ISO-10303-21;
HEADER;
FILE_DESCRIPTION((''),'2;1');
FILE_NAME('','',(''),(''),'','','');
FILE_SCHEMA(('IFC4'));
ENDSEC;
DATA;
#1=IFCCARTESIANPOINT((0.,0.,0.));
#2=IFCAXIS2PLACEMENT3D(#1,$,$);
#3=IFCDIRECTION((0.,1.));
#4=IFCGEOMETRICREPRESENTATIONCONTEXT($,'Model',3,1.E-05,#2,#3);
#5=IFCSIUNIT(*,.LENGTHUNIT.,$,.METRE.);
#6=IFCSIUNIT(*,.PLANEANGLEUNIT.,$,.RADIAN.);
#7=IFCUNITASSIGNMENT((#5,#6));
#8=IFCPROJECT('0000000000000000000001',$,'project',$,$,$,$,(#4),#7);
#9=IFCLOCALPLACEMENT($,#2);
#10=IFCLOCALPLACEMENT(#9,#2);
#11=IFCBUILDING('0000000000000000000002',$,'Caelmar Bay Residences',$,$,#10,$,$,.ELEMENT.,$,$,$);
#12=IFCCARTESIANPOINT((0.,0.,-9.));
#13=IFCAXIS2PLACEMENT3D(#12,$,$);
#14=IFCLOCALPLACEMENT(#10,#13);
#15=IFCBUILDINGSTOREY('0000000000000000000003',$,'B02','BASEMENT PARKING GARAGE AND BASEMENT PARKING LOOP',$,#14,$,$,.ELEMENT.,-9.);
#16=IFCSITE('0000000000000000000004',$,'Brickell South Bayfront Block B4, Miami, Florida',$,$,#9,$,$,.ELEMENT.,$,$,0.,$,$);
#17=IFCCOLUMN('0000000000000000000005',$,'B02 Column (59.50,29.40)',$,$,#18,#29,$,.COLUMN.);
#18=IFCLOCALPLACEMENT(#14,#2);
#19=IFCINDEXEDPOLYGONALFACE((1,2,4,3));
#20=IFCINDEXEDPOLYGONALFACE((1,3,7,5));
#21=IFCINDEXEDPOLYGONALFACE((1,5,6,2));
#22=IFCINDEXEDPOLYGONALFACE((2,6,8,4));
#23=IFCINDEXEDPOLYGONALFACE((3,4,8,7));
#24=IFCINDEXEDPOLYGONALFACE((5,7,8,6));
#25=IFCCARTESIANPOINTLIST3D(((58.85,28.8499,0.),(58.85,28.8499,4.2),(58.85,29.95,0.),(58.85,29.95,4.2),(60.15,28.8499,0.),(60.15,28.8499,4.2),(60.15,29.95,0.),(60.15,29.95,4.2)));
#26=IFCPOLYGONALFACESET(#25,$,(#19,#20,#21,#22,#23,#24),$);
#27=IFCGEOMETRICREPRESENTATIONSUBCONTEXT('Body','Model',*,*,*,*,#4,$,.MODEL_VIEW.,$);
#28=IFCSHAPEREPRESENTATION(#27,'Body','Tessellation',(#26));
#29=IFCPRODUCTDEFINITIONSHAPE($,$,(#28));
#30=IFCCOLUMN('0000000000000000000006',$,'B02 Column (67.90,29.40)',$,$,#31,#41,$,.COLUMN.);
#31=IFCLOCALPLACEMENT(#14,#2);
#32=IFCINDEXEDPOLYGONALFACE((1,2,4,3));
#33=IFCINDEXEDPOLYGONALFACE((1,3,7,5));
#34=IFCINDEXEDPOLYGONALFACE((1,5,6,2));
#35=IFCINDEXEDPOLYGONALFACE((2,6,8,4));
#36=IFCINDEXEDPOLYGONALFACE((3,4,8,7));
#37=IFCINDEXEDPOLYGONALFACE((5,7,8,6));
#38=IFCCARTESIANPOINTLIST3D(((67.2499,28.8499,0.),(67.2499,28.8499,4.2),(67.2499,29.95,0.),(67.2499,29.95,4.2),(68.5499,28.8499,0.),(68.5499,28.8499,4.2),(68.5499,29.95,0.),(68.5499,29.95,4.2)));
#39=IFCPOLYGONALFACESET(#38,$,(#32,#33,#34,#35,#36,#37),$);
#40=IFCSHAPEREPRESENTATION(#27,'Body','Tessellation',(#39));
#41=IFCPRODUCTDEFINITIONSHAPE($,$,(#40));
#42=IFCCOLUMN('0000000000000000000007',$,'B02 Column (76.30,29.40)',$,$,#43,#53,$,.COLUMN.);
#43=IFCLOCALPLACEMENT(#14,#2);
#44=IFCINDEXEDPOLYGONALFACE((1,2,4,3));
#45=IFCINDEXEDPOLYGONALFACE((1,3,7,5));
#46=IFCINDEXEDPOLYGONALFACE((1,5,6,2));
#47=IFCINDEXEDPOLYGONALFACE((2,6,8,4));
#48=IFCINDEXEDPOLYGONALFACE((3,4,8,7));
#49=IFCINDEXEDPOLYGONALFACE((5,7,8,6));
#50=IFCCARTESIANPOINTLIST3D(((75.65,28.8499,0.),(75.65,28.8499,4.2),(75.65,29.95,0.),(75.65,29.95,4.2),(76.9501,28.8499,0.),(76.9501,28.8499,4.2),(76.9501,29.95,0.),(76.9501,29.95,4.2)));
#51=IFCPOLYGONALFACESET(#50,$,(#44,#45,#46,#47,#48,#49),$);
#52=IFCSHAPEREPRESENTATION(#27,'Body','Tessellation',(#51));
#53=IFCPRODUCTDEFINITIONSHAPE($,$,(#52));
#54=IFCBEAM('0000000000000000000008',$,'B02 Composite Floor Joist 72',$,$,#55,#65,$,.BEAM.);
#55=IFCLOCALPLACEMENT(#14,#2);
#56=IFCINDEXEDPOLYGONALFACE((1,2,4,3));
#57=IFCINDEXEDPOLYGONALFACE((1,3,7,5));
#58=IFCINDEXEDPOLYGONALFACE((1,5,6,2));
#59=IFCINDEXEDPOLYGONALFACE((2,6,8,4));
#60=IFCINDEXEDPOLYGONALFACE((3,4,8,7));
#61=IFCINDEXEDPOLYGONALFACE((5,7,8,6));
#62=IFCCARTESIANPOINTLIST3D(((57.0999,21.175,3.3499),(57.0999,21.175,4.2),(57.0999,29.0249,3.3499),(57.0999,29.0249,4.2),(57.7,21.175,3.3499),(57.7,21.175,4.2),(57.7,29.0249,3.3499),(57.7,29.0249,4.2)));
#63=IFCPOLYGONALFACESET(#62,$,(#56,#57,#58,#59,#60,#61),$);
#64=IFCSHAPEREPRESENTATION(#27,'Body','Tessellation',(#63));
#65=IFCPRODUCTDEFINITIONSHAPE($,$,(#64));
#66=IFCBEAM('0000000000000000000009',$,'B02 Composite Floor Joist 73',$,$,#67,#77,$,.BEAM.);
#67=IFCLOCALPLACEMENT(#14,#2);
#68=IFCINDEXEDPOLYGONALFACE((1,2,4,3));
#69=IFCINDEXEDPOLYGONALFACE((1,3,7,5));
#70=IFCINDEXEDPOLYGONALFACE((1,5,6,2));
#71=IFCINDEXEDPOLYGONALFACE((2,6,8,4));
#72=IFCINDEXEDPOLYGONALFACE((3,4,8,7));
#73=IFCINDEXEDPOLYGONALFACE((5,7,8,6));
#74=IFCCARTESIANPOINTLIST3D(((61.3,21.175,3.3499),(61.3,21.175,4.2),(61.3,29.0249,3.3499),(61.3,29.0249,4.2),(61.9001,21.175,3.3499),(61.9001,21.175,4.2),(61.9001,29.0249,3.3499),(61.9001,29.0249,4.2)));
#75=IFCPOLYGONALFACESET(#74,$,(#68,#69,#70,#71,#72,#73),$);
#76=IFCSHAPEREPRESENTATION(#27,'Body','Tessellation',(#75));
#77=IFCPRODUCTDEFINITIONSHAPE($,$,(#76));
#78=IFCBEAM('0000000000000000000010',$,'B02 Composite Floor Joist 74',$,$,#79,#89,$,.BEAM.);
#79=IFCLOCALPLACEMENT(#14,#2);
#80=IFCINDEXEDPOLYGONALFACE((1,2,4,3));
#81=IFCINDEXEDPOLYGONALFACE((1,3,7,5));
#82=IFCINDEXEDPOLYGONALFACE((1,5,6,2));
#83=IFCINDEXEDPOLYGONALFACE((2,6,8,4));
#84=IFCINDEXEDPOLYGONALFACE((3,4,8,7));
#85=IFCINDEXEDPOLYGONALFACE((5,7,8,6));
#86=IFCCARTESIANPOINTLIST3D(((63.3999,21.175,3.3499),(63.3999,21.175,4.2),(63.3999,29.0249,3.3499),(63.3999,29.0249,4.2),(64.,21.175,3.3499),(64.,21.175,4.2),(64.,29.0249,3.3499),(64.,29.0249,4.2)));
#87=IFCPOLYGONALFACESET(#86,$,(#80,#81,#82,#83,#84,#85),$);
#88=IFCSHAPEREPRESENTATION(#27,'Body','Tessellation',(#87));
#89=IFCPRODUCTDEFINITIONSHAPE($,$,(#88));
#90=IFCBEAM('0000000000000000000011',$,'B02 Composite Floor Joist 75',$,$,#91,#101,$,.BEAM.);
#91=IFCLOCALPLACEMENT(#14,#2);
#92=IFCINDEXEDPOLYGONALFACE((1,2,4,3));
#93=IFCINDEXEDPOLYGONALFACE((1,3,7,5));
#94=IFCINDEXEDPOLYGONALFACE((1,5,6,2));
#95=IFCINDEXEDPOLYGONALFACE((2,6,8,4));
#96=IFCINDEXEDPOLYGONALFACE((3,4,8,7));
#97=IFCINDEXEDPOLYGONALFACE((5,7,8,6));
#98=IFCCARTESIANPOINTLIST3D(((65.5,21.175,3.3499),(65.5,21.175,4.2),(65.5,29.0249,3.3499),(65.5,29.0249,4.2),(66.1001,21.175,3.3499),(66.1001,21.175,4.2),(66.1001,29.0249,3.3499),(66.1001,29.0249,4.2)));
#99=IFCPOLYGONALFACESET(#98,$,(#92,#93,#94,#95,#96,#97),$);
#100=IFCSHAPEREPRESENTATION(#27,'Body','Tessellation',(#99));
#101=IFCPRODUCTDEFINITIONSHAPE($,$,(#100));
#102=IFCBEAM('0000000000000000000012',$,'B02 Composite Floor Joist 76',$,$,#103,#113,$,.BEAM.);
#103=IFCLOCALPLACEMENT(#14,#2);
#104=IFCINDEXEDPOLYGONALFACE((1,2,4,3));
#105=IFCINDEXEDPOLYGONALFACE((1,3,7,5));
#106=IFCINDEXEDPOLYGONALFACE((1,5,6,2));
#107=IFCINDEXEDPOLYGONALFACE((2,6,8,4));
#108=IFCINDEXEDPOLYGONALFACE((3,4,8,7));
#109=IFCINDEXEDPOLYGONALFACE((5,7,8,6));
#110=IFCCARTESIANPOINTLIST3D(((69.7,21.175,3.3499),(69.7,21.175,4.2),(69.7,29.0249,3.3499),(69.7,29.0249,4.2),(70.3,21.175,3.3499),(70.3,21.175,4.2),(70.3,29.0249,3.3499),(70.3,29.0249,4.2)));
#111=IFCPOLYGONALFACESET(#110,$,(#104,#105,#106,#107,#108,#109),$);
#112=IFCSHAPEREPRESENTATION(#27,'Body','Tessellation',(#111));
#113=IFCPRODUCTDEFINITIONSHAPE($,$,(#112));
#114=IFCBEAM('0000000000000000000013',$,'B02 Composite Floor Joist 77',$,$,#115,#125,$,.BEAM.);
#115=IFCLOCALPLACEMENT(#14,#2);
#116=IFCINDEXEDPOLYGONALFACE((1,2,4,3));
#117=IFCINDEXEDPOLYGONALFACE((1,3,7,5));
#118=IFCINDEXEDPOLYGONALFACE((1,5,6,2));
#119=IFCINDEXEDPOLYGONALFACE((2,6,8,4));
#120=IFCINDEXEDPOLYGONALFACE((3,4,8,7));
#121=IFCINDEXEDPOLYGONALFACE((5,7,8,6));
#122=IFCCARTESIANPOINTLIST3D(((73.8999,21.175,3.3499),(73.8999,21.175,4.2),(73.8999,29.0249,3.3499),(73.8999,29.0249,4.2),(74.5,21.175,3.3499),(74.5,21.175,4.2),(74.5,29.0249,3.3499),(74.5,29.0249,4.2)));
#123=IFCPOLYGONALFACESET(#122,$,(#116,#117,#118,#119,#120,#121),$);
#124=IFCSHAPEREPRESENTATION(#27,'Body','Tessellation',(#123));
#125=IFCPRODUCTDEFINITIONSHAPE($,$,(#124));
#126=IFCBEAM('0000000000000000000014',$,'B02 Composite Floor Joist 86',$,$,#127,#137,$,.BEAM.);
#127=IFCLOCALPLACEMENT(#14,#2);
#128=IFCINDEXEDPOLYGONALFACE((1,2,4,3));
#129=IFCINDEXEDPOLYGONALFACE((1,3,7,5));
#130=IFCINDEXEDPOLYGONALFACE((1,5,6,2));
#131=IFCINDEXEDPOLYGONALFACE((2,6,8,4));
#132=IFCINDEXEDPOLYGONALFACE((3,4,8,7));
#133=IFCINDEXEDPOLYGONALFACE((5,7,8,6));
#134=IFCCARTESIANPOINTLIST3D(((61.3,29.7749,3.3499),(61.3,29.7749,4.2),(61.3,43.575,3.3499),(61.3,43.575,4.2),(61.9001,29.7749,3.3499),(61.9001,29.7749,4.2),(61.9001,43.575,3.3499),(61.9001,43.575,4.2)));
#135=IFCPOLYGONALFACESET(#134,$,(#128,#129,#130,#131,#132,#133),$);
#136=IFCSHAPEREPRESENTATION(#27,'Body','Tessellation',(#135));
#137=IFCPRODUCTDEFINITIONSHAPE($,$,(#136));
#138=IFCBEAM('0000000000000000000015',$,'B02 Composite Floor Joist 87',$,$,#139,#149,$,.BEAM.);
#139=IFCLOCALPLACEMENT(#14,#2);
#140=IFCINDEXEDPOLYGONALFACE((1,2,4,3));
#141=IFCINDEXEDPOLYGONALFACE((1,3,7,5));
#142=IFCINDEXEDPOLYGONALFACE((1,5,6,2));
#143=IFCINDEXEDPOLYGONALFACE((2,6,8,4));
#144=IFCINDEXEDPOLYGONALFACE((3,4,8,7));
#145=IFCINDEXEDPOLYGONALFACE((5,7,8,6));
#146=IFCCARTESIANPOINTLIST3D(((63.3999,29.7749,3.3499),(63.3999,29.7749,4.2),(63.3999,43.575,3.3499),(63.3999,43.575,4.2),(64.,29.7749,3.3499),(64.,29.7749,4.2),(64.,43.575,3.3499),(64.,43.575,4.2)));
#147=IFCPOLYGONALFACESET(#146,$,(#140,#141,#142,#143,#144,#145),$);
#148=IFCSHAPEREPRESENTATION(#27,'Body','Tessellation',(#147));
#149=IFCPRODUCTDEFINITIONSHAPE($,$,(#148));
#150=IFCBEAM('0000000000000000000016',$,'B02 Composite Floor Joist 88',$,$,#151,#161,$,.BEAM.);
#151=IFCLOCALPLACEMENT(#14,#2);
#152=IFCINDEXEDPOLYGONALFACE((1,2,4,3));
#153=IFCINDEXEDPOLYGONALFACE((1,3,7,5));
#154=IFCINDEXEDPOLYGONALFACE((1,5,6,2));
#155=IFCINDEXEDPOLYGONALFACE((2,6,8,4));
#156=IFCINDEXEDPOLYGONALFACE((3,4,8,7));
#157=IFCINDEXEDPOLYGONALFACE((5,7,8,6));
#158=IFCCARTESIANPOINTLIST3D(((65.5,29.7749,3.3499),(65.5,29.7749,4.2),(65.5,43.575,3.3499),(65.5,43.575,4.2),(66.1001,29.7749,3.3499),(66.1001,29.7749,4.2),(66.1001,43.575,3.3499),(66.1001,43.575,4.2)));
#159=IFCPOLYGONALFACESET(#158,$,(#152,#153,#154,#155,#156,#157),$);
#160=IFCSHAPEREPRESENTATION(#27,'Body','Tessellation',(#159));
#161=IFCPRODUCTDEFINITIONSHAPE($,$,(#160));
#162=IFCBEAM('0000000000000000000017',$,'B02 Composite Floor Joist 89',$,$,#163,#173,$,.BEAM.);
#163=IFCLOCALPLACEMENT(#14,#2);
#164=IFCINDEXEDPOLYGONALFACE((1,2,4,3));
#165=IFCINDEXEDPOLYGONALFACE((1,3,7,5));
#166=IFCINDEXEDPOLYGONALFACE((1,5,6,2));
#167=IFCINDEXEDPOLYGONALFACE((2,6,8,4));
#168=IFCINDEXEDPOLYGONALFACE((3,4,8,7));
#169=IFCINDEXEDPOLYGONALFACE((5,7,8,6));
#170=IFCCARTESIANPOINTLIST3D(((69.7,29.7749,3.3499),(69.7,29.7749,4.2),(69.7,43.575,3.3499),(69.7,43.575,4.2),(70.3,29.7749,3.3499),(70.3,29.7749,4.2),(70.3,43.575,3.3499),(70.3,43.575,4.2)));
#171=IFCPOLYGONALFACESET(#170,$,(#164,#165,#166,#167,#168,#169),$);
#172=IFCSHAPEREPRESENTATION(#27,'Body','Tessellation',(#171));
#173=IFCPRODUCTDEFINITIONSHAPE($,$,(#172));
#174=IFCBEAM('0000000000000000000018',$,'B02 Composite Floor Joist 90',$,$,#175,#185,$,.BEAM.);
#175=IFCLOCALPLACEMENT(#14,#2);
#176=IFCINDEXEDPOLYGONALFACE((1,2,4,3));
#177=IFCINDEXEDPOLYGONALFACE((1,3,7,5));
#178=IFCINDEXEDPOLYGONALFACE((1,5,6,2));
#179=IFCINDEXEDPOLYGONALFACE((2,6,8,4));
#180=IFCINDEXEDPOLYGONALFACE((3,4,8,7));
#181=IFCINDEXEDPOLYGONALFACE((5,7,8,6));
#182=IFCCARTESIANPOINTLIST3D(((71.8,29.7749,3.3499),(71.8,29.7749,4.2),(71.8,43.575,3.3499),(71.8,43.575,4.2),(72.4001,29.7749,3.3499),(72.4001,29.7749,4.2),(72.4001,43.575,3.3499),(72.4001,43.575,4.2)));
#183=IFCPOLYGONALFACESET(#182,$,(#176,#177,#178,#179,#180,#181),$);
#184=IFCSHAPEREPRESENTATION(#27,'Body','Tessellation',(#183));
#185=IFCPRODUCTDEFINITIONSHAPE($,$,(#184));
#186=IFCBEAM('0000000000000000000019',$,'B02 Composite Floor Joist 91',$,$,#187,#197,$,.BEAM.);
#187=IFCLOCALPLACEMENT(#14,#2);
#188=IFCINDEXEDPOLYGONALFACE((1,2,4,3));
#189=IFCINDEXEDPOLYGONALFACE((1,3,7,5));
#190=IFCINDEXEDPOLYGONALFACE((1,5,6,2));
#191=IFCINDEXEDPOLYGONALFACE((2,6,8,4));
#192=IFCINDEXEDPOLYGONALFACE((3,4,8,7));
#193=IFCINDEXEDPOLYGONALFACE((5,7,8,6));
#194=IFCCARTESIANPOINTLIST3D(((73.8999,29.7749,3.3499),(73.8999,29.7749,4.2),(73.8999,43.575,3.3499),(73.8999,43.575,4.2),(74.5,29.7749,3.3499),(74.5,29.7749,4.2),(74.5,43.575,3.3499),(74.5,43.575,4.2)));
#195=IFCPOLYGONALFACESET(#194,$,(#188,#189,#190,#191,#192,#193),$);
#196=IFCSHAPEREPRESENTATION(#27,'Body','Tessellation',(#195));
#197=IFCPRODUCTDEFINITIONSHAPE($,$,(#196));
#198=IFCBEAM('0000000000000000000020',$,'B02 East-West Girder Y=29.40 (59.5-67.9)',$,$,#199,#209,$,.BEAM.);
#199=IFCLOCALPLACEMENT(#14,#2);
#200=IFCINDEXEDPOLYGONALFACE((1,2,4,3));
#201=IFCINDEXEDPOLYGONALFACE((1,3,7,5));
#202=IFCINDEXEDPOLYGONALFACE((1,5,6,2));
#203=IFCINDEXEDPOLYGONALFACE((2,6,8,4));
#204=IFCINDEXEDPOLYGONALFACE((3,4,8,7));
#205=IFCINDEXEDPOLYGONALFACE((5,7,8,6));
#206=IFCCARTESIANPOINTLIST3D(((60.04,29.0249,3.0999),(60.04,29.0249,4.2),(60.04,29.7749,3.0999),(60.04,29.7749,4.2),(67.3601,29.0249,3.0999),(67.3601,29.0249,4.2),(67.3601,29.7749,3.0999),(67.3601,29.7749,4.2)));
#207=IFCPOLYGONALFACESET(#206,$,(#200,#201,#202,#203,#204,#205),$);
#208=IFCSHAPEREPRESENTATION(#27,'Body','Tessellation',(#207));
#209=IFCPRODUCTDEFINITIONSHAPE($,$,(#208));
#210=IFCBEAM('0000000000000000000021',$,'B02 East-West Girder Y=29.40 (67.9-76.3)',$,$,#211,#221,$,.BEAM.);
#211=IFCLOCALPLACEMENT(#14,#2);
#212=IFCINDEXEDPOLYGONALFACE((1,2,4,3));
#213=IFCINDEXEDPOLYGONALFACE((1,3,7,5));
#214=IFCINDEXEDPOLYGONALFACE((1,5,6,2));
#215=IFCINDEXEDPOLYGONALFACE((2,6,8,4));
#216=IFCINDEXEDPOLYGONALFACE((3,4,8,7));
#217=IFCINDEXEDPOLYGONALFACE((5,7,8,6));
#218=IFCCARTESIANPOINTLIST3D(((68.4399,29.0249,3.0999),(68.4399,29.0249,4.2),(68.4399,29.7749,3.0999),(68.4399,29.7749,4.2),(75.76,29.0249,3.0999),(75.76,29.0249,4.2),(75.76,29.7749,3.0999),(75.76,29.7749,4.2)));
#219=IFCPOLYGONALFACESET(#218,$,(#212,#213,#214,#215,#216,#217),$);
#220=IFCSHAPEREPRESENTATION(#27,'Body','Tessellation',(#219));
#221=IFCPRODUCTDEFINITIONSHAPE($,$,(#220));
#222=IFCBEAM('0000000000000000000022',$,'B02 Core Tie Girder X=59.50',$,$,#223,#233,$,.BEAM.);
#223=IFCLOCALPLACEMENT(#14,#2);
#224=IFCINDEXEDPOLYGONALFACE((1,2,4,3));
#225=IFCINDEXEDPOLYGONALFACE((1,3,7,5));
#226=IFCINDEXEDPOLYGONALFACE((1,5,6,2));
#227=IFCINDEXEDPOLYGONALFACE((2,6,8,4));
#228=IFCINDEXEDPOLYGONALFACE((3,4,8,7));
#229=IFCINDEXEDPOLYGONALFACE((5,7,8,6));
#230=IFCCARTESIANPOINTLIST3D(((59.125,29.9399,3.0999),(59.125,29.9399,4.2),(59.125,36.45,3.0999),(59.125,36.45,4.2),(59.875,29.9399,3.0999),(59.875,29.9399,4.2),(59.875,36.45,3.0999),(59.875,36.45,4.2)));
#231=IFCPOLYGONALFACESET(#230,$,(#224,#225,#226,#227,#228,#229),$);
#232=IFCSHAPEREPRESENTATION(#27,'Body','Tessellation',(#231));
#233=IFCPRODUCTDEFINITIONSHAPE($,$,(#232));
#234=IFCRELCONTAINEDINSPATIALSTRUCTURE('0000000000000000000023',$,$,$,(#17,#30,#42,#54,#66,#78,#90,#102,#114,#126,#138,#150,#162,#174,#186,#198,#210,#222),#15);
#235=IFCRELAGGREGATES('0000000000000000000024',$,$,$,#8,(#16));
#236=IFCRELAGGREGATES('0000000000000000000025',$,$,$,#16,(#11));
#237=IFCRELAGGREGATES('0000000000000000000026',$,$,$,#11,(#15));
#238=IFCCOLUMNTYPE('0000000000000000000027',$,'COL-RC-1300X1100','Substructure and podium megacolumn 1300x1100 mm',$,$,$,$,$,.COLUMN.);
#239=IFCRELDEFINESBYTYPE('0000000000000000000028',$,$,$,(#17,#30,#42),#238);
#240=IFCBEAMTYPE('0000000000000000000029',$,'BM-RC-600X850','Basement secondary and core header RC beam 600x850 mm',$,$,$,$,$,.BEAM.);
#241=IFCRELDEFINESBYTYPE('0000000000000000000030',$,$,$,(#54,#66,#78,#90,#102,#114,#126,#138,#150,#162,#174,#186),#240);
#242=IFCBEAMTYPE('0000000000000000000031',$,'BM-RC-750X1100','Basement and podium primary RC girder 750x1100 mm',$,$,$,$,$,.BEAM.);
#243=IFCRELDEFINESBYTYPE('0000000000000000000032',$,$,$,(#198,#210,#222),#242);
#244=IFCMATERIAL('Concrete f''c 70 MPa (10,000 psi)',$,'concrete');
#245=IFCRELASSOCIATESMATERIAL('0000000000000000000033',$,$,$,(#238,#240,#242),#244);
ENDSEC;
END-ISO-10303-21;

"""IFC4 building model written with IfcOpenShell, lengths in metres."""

from ifc_helpers import new_model, si_unit, direction, frame, origin, origin_2d, place, context, subcontext, project, spatial, rectangle, extrude, material, material_profile, profile_set, type_object, element, save


model = new_model("IFC4")

# Units and contexts
model_context = context("Model", 3, precision=1e-05, world=origin(), true_north=direction((0.0, 1.0)))
body_context = subcontext(model_context, "Body", "Model", "MODEL_VIEW")
ifc_project = project(units=[si_unit("LENGTHUNIT", "METRE"), si_unit("PLANEANGLEUNIT", "RADIAN")], contexts=[model_context])

# Site, building, storey
site_placement = place(None, origin())
site = spatial("IfcSite", under=ifc_project, at=site_placement, Name="Brickell South Bayfront Block B4, Miami, Florida", CompositionType="ELEMENT", RefElevation=0.0)
building_placement = place(site_placement, origin())
building = spatial("IfcBuilding", under=site, at=building_placement, Name="Caelmar Bay Residences", CompositionType="ELEMENT")
storey_placement = place(building_placement, frame((0.0, 0.0, -9.0)))
storey = spatial("IfcBuildingStorey", under=building, at=storey_placement, Name="B02", Description="BASEMENT PARKING GARAGE AND BASEMENT PARKING LOOP", CompositionType="ELEMENT", Elevation=-9.0)

# Columns
ifc_material_1 = material(Name="Concrete f'c 70 MPa (10,000 psi)", Category="concrete")
ifc_material_profile_1 = material_profile(ifc_material_1, rectangle(XDim=1.3, YDim=1.1001, at=origin_2d()), Name="RC-COL-1300X1100")
ifc_profile_set_1 = profile_set([ifc_material_profile_1], Name="Concrete f'c 70 MPa (10,000 psi)")
column_type = type_object("IfcColumnType", Name="COL-RC-1300X1100", Description="Substructure and podium megacolumn 1300x1100 mm", PredefinedType="COLUMN", material=ifc_profile_set_1)
for number, where, z_axis, x_axis, name in (
    (1, (59.5, 29.3999, 0.0), (0.0, 0.0, 1.0), (1.0, 0.0, 0.0), "B02 Column (59.50,29.40)"),
    (2, (67.8999, 29.3999, 0.0), (0.0, 0.0, 1.0), (1.0, 0.0, 0.0), "B02 Column (67.90,29.40)"),
    (3, (76.3, 29.3999, 0.0), (0.0, 0.0, 1.0), (1.0, 0.0, 0.0), "B02 Column (76.30,29.40)"),
):
    element("IfcColumn", number, at=place(storey_placement, frame(where, z_axis=z_axis, x_axis=x_axis)), inside=storey, type_object=column_type, Name=name, PredefinedType="COLUMN", context=body_context, shape_type="SweptSolid", body=[
        extrude(rectangle(XDim=1.3, YDim=1.1001, at=origin_2d()), origin(), (0.0, 0.0, 1.0), 4.2),
    ])

# Beams
ifc_material_profile_2 = material_profile(ifc_material_1, rectangle(XDim=0.6001, YDim=0.8501, at=origin_2d()), Name="RC-BM-600X850")
ifc_profile_set_2 = profile_set([ifc_material_profile_2], Name="Concrete f'c 70 MPa (10,000 psi)")
beam_type_1 = type_object("IfcBeamType", Name="BM-RC-600X850", Description="Basement secondary and core header RC beam 600x850 mm", PredefinedType="BEAM", material=ifc_profile_set_2)
for number, where, z_axis, x_axis, name in (
    (4, (57.3999, 21.175, 3.7749), (0.0, 1.0, 0.0), (-1.0, 0.0, 0.0), "B02 Composite Floor Joist 72"),
    (5, (61.6001, 21.175, 3.7749), (0.0, 1.0, 0.0), (-1.0, 0.0, 0.0), "B02 Composite Floor Joist 73"),
    (6, (63.7, 21.175, 3.7749), (0.0, 1.0, 0.0), (-1.0, 0.0, 0.0), "B02 Composite Floor Joist 74"),
    (7, (65.8, 21.175, 3.7749), (0.0, 1.0, 0.0), (-1.0, 0.0, 0.0), "B02 Composite Floor Joist 75"),
    (8, (70.0, 21.175, 3.7749), (0.0, 1.0, 0.0), (-1.0, 0.0, 0.0), "B02 Composite Floor Joist 76"),
    (9, (74.2, 21.175, 3.7749), (0.0, 1.0, 0.0), (-1.0, 0.0, 0.0), "B02 Composite Floor Joist 77"),
):
    element("IfcBeam", number, at=place(storey_placement, frame(where, z_axis=z_axis, x_axis=x_axis)), inside=storey, type_object=beam_type_1, Name=name, PredefinedType="BEAM", context=body_context, shape_type="SweptSolid", body=[
        extrude(rectangle(XDim=0.6001, YDim=0.8501, at=origin_2d()), origin(), (0.0, 0.0, 1.0), 7.8499),
    ])
for number, where, z_axis, x_axis, name in (
    (10, (61.6001, 29.7749, 3.7749), (0.0, 1.0, 0.0), (-1.0, 0.0, 0.0), "B02 Composite Floor Joist 86"),
    (11, (63.7, 29.7749, 3.7749), (0.0, 1.0, 0.0), (-1.0, 0.0, 0.0), "B02 Composite Floor Joist 87"),
    (12, (65.8, 29.7749, 3.7749), (0.0, 1.0, 0.0), (-1.0, 0.0, 0.0), "B02 Composite Floor Joist 88"),
    (13, (70.0, 29.7749, 3.7749), (0.0, 1.0, 0.0), (-1.0, 0.0, 0.0), "B02 Composite Floor Joist 89"),
    (14, (72.1001, 29.7749, 3.7749), (0.0, 1.0, 0.0), (-1.0, 0.0, 0.0), "B02 Composite Floor Joist 90"),
    (15, (74.2, 29.7749, 3.7749), (0.0, 1.0, 0.0), (-1.0, 0.0, 0.0), "B02 Composite Floor Joist 91"),
):
    element("IfcBeam", number, at=place(storey_placement, frame(where, z_axis=z_axis, x_axis=x_axis)), inside=storey, type_object=beam_type_1, Name=name, PredefinedType="BEAM", context=body_context, shape_type="SweptSolid", body=[
        extrude(rectangle(XDim=0.6001, YDim=0.8501, at=origin_2d()), origin(), (0.0, 0.0, 1.0), 13.8),
    ])
ifc_material_profile_3 = material_profile(ifc_material_1, rectangle(XDim=0.75, YDim=1.1001, at=origin_2d()), Name="RC-BM-750X1100")
ifc_profile_set_3 = profile_set([ifc_material_profile_3], Name="Concrete f'c 70 MPa (10,000 psi)")
beam_type_2 = type_object("IfcBeamType", Name="BM-RC-750X1100", Description="Basement and podium primary RC girder 750x1100 mm", PredefinedType="BEAM", material=ifc_profile_set_3)
for number, where, z_axis, x_axis, name in (
    (16, (60.04, 29.3999, 3.6499), (1.0, 0.0, 0.0), (0.0, 1.0, 0.0), "B02 East-West Girder Y=29.40 (59.5-67.9)"),
    (17, (68.4399, 29.3999, 3.6499), (1.0, 0.0, 0.0), (0.0, 1.0, 0.0), "B02 East-West Girder Y=29.40 (67.9-76.3)"),
):
    element("IfcBeam", number, at=place(storey_placement, frame(where, z_axis=z_axis, x_axis=x_axis)), inside=storey, type_object=beam_type_2, Name=name, PredefinedType="BEAM", context=body_context, shape_type="SweptSolid", body=[
        extrude(rectangle(XDim=0.75, YDim=1.1001, at=origin_2d()), origin(), (0.0, 0.0, 1.0), 7.3201),
    ])
beam_placement = place(storey_placement, frame((59.5, 29.9399, 3.6499), z_axis=(0.0, 1.0, 0.0), x_axis=(-1.0, 0.0, 0.0)))
element("IfcBeam", 18, at=beam_placement, inside=storey, type_object=beam_type_2, Name="B02 Core Tie Girder X=59.50", PredefinedType="BEAM", context=body_context, shape_type="SweptSolid", body=[
    extrude(rectangle(XDim=0.75, YDim=1.1001, at=origin_2d()), origin(), (0.0, 0.0, 1.0), 6.51),
])

save(model, "model.ifc")
